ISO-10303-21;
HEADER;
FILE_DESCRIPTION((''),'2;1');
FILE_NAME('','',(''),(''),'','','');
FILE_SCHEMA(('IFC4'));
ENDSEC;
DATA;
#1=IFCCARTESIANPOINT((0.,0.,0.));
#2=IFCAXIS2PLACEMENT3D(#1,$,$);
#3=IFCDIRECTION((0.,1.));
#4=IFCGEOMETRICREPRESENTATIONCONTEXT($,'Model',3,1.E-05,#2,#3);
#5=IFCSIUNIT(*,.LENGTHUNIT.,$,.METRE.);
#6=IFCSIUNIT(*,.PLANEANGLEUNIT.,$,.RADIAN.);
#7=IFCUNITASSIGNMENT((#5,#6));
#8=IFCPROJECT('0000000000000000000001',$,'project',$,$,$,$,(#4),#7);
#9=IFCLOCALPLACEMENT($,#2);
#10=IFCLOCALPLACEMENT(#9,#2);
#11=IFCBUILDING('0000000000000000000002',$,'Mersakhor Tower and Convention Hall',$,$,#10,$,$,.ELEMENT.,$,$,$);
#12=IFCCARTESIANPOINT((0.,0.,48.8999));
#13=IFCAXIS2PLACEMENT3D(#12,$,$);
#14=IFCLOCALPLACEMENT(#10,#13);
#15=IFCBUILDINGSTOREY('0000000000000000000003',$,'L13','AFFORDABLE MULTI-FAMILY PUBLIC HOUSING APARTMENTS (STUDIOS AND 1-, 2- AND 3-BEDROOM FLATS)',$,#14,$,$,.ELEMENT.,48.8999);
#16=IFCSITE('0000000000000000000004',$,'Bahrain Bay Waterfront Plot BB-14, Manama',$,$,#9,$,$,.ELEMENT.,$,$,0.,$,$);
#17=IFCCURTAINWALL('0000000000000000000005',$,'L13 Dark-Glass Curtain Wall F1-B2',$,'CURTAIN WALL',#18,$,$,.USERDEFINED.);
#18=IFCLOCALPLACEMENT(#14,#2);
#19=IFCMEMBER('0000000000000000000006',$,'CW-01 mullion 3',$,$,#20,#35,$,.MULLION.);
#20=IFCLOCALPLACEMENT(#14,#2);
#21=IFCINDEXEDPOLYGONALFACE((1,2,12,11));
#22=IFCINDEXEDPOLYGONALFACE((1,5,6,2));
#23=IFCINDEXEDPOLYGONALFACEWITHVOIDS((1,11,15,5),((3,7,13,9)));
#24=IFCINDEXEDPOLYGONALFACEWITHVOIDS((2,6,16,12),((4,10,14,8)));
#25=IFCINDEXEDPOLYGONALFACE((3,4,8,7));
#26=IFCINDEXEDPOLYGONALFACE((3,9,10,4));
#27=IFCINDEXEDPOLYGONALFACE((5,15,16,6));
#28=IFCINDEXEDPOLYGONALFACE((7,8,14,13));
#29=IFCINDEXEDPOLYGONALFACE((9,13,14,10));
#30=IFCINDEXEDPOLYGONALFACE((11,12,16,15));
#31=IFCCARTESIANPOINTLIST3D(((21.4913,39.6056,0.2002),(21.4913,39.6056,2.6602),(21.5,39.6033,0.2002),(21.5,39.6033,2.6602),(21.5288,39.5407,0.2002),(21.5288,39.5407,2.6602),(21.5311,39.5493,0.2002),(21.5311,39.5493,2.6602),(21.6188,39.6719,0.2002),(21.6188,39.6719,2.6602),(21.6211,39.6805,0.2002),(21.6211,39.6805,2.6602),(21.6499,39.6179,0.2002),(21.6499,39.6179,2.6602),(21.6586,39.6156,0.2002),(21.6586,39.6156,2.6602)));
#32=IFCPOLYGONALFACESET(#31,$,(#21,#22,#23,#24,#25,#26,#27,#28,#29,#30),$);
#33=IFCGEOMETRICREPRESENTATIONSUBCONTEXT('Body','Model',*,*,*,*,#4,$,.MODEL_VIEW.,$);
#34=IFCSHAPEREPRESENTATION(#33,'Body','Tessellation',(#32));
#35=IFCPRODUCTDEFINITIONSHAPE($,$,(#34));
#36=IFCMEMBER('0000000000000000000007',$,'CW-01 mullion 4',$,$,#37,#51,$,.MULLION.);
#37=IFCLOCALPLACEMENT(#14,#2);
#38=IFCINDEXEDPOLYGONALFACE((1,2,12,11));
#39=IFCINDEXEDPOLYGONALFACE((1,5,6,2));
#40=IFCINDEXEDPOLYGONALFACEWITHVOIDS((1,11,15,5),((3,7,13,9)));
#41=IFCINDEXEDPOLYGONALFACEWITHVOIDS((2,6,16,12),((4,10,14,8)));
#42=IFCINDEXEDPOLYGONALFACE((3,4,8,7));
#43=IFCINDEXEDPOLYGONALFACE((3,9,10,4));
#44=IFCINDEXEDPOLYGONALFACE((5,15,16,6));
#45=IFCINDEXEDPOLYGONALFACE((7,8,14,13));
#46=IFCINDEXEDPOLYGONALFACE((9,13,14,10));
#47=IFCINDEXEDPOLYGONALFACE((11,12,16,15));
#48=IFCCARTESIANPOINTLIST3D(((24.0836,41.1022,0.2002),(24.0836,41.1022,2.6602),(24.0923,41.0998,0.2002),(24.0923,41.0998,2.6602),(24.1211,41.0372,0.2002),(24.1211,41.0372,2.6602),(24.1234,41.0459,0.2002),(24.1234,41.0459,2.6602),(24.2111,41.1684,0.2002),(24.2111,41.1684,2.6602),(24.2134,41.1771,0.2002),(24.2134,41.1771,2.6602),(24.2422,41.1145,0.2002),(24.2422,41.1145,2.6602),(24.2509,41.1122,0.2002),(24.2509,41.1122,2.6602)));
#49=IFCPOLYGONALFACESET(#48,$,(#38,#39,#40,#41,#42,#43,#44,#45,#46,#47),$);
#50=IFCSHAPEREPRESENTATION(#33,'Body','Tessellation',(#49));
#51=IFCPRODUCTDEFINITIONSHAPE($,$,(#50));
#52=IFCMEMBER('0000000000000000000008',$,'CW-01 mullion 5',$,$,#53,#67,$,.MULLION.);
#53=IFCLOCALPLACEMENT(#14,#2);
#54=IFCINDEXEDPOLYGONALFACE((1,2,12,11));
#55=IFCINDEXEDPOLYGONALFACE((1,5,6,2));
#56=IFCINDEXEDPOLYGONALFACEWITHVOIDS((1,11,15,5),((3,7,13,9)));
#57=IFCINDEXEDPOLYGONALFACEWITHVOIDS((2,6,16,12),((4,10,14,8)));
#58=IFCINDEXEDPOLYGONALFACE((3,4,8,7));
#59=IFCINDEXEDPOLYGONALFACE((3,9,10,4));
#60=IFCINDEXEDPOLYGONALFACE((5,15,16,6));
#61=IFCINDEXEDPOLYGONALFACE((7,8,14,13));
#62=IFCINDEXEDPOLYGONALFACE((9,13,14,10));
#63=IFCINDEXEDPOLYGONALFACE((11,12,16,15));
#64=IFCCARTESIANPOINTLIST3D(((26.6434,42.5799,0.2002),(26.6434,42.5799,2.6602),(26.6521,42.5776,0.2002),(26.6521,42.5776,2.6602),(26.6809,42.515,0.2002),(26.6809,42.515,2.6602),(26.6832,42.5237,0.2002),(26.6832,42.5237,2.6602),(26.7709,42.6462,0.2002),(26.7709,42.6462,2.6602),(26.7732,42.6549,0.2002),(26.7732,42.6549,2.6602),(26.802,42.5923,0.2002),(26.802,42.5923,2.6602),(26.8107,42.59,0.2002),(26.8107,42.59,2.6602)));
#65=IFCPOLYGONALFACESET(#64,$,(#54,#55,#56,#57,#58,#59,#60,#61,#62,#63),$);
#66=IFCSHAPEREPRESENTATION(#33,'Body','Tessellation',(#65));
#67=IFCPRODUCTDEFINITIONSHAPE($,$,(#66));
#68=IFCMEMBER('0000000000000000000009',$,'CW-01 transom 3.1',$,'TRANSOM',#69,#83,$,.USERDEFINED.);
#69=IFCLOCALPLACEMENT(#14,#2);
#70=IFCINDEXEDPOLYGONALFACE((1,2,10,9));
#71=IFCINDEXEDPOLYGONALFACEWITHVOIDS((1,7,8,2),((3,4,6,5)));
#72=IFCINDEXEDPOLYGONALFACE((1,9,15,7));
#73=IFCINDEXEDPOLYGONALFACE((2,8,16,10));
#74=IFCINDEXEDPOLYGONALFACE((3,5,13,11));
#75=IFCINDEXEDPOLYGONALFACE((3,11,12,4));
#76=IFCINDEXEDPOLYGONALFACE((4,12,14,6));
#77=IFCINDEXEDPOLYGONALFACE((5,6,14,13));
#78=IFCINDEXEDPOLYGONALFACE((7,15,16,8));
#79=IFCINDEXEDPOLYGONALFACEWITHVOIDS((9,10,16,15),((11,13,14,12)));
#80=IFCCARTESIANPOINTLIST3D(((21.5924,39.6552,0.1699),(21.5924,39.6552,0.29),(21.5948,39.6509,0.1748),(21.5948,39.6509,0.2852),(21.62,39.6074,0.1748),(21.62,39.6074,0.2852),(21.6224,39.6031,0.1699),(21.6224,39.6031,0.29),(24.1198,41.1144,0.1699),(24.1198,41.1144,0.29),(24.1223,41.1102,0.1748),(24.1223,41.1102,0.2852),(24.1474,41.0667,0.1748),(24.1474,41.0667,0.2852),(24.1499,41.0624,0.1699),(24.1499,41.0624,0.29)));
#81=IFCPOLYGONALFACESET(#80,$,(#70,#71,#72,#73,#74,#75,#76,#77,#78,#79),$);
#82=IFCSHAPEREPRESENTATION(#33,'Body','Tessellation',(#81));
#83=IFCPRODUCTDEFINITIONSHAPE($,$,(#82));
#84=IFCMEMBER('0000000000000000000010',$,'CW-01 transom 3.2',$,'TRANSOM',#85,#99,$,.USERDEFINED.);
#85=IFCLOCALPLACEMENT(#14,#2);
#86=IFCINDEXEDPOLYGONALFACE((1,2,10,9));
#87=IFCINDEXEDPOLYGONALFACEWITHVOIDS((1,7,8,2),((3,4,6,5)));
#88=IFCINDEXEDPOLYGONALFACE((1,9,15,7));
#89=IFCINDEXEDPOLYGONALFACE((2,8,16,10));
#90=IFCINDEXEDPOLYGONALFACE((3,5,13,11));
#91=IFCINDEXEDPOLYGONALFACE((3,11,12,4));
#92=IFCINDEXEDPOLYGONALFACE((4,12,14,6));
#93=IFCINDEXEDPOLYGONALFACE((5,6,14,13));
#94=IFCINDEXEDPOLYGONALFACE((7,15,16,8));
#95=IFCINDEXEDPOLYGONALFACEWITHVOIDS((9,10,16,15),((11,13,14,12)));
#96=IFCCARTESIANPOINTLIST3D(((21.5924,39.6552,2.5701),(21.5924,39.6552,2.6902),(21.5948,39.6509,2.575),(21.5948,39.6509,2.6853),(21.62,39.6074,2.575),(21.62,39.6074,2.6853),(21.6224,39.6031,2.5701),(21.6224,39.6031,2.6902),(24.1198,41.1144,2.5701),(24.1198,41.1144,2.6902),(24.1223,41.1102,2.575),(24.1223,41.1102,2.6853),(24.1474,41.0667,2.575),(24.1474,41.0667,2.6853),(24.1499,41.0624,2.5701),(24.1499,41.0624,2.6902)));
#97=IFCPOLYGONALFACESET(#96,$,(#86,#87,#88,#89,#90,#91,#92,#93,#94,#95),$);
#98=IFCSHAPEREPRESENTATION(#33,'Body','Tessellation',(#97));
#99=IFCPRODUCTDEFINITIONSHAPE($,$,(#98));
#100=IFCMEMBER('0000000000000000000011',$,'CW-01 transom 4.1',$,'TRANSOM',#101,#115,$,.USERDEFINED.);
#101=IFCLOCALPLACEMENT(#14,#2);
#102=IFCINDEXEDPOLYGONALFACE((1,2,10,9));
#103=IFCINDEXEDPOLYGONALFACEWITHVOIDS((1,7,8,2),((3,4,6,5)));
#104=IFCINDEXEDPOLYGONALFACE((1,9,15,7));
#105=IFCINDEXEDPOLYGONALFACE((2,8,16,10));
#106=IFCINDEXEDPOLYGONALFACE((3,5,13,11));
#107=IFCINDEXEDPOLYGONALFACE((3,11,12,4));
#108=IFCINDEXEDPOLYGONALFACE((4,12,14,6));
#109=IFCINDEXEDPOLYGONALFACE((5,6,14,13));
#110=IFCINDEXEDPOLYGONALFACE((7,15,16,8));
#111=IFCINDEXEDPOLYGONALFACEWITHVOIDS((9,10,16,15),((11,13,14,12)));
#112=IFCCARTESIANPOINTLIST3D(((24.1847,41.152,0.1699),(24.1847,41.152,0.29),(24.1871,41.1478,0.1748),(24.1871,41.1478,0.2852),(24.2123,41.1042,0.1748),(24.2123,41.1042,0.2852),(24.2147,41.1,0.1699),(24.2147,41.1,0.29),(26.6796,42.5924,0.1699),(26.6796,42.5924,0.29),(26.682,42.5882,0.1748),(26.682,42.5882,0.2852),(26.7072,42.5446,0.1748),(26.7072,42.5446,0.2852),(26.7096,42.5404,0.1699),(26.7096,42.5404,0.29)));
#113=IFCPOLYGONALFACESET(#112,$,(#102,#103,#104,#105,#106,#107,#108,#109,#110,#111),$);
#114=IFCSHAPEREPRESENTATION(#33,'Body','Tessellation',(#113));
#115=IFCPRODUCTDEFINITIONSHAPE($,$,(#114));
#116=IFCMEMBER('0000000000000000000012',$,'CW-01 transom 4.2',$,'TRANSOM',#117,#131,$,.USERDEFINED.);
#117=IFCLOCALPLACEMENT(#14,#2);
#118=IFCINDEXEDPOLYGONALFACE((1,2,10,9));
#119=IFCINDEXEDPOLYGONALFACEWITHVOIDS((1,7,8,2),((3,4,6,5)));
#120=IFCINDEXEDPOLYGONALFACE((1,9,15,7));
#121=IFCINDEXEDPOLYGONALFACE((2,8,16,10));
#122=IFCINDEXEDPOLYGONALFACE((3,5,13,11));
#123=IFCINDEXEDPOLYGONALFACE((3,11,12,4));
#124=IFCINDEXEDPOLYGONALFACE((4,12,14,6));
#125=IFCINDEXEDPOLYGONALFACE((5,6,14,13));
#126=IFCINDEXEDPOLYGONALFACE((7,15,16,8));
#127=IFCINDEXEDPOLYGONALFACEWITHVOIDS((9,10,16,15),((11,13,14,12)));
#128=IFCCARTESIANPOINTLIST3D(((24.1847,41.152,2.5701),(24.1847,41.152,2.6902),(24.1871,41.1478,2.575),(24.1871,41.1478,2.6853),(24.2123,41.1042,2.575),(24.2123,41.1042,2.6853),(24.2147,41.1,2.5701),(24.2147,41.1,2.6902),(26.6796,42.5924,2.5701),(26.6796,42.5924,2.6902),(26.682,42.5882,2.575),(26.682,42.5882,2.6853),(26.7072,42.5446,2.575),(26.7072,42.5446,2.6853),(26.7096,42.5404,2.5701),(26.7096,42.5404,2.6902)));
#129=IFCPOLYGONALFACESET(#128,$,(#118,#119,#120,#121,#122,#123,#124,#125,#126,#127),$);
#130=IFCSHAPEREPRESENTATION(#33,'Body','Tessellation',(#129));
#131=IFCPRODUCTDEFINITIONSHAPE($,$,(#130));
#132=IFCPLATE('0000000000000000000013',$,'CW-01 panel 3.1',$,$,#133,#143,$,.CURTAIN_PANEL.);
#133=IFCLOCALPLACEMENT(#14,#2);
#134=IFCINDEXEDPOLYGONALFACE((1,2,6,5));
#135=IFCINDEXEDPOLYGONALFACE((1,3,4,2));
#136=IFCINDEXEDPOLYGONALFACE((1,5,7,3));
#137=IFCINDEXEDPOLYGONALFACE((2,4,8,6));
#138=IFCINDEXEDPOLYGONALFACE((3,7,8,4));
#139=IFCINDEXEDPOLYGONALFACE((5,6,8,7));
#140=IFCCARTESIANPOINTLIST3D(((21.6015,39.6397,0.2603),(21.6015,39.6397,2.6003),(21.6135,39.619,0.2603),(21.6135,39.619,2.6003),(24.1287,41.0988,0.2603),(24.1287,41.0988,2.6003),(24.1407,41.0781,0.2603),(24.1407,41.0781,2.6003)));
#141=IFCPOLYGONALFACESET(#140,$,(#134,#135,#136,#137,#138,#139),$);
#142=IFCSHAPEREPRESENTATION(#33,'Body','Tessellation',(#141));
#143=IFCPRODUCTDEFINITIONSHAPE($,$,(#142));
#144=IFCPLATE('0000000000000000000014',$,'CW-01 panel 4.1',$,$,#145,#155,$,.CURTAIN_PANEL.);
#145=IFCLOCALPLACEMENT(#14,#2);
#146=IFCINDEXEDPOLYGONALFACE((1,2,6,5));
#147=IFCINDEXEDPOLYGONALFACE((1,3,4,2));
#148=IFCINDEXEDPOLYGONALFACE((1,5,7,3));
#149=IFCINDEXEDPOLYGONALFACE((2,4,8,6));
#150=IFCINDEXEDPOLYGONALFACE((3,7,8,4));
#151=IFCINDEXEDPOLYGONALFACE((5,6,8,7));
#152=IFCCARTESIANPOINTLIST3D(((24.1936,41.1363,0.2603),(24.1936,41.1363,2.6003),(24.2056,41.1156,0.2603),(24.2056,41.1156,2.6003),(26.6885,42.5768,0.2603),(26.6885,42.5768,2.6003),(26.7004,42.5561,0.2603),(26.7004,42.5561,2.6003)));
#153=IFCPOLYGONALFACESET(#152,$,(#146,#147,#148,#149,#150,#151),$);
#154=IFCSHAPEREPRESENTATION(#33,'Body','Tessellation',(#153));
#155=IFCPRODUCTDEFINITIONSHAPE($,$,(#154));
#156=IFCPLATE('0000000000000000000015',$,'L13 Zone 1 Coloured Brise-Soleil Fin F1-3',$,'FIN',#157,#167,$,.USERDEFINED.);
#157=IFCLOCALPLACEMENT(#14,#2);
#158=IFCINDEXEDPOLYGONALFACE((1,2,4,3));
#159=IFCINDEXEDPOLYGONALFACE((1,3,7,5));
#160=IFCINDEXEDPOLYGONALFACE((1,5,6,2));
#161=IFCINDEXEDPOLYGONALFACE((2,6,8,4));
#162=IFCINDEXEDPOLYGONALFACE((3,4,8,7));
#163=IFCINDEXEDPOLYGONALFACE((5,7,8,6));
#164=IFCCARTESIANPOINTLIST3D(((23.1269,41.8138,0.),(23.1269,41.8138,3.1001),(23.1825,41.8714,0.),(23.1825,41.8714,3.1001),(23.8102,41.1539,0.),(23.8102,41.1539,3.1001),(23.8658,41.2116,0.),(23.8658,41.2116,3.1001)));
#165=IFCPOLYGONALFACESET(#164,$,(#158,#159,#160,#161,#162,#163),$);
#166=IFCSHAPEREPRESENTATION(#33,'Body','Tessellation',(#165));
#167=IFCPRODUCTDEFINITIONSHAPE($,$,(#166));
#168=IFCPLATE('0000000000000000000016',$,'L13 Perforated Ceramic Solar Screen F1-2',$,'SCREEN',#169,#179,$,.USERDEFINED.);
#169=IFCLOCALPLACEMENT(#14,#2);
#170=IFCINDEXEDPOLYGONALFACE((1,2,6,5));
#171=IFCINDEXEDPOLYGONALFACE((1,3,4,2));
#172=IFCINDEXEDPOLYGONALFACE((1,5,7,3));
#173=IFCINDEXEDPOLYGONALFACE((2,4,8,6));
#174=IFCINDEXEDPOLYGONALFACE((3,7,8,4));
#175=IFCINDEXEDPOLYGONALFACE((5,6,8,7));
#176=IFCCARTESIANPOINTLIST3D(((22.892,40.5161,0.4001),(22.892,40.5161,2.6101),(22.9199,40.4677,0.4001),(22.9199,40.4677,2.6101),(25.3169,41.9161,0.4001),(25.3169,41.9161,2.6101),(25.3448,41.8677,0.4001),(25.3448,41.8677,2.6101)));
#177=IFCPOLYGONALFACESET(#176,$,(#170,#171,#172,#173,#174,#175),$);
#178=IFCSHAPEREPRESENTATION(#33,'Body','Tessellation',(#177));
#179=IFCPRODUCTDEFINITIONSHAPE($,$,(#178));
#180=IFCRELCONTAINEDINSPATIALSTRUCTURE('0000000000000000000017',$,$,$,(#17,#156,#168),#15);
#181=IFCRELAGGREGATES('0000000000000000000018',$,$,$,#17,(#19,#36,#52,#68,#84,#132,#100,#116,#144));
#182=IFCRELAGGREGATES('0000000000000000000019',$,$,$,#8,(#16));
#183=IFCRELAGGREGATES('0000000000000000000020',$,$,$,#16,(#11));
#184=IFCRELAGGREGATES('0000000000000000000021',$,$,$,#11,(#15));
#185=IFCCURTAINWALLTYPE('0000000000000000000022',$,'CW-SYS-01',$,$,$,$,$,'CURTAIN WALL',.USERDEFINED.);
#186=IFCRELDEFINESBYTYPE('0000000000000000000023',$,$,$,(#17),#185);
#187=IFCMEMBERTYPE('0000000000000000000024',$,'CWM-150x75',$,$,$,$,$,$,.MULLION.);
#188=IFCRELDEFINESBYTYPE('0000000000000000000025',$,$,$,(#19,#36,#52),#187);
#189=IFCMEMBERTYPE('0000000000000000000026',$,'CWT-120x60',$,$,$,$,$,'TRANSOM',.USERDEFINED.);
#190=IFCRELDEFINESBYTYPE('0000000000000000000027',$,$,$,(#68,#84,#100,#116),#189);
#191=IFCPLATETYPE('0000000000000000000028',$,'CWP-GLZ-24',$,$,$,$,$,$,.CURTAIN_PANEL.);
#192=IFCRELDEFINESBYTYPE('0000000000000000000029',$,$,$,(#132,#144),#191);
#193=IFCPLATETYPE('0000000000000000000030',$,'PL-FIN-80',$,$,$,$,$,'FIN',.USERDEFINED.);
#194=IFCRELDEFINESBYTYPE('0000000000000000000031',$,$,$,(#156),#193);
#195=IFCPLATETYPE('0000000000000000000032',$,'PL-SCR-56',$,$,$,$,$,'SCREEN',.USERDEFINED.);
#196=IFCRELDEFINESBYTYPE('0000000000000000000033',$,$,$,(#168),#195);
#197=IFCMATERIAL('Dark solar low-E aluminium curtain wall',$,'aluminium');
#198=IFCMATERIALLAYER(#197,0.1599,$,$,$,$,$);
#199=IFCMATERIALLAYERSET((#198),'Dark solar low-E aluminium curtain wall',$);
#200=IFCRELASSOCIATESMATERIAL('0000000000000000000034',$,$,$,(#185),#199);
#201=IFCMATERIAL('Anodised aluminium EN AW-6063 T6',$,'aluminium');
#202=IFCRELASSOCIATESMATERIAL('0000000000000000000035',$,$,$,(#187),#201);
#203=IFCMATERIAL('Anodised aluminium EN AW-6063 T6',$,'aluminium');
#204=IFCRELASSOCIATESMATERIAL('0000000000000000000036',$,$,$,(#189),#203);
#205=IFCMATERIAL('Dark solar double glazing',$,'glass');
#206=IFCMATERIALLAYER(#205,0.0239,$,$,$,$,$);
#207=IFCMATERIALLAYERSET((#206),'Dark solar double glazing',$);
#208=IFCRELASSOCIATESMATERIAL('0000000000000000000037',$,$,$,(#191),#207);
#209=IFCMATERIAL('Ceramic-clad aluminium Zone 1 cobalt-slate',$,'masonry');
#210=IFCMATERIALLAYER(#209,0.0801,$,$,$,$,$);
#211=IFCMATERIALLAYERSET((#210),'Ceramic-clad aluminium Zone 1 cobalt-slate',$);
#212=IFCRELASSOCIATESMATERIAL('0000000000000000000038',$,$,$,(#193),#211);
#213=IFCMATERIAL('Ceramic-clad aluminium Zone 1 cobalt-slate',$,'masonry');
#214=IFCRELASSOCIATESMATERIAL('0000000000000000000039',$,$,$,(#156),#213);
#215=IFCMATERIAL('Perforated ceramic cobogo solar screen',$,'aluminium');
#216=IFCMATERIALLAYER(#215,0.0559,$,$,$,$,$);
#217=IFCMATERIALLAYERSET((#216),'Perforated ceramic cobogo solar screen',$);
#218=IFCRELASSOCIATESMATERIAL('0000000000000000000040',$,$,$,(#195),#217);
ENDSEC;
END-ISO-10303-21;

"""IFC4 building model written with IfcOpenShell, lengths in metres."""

from ifc_helpers import new_model, si_unit, direction, frame, origin, origin_2d, place, context, subcontext, project, spatial, rectangle, hollow_rectangle, extrude, material, layer, layer_set, material_profile, profile_set, type_object, element, aggregate, save


model = new_model("IFC4")

# Units and contexts
model_context = context("Model", 3, precision=1e-05, world=origin(), true_north=direction((0.0, 1.0)))
body_context = subcontext(model_context, "Body", "Model", "MODEL_VIEW")
ifc_project = project(units=[si_unit("LENGTHUNIT", "METRE"), si_unit("PLANEANGLEUNIT", "RADIAN")], contexts=[model_context])

# Site, building, storey
site_placement = place(None, origin())
site = spatial("IfcSite", under=ifc_project, at=site_placement, Name="Bahrain Bay Waterfront Plot BB-14, Manama", CompositionType="ELEMENT", RefElevation=0.0)
building_placement = place(site_placement, origin())
building = spatial("IfcBuilding", under=site, at=building_placement, Name="Mersakhor Tower and Convention Hall", CompositionType="ELEMENT")
storey_placement = place(building_placement, frame((0.0, 0.0, 48.8999)))
storey = spatial("IfcBuildingStorey", under=building, at=storey_placement, Name="L13", Description="AFFORDABLE MULTI-FAMILY PUBLIC HOUSING APARTMENTS (STUDIOS AND 1-, 2- AND 3-BEDROOM FLATS)", CompositionType="ELEMENT", Elevation=48.8999)

# Curtain wall, members, plates
ifc_material_1 = material(Name="Dark solar low-E aluminium curtain wall", Category="aluminium")
ifc_layer_1 = layer(ifc_material_1, 0.1599)
ifc_layer_set_1 = layer_set([ifc_layer_1], Name="Dark solar low-E aluminium curtain wall")
curtain_wall_type = type_object("IfcCurtainWallType", Name="CW-SYS-01", ElementType="CURTAIN WALL", PredefinedType="USERDEFINED", material=ifc_layer_set_1)
curtain_wall_placement = place(storey_placement, origin())
curtain_wall = element("IfcCurtainWall", 1, at=curtain_wall_placement, inside=storey, type_object=curtain_wall_type, Name="L13 Dark-Glass Curtain Wall F1-B2", ObjectType="CURTAIN WALL", PredefinedType="USERDEFINED")
ifc_material_2 = material(Name="Anodised aluminium EN AW-6063 T6", Category="aluminium")
ifc_material_profile_1 = material_profile(ifc_material_2, hollow_rectangle(XDim=0.075, YDim=0.1499, WallThickness=0.0063, at=origin_2d()), Name="RHS 150x75x6.3")
ifc_profile_set_1 = profile_set([ifc_material_profile_1], Name="Anodised aluminium EN AW-6063 T6")
member_type_1 = type_object("IfcMemberType", Name="CWM-150x75", PredefinedType="MULLION", material=ifc_profile_set_1)
member_1_placement = place(storey_placement, frame((21.575, 39.6106, 0.2002), z_axis=(0.0, 0.0, 1.0), x_axis=(-0.500003, 0.866023, 0.0)))
member_1 = element("IfcMember", 2, at=member_1_placement, type_object=member_type_1, Name="CW-01 mullion 3", PredefinedType="MULLION", context=body_context, shape_type="SweptSolid", body=[
    extrude(hollow_rectangle(XDim=0.075, YDim=0.1499, WallThickness=0.0063, at=origin_2d()), origin(), (0.0, 0.0, 1.0), 2.46),
])
member_2_placement = place(storey_placement, frame((24.1672, 41.1072, 0.2002), z_axis=(0.0, 0.0, 1.0), x_axis=(-0.500003, 0.866023, 0.0)))
member_2 = element("IfcMember", 3, at=member_2_placement, type_object=member_type_1, Name="CW-01 mullion 4", PredefinedType="MULLION", context=body_context, shape_type="SweptSolid", body=[
    extrude(hollow_rectangle(XDim=0.075, YDim=0.1499, WallThickness=0.0063, at=origin_2d()), origin(), (0.0, 0.0, 1.0), 2.46),
])
member_3_placement = place(storey_placement, frame((26.7271, 42.585, 0.2002), z_axis=(0.0, 0.0, 1.0), x_axis=(-0.500003, 0.866023, 0.0)))
member_3 = element("IfcMember", 4, at=member_3_placement, type_object=member_type_1, Name="CW-01 mullion 5", PredefinedType="MULLION", context=body_context, shape_type="SweptSolid", body=[
    extrude(hollow_rectangle(XDim=0.075, YDim=0.1499, WallThickness=0.0063, at=origin_2d()), origin(), (0.0, 0.0, 1.0), 2.46),
])
ifc_material_3 = material(Name="Anodised aluminium EN AW-6063 T6", Category="aluminium")
ifc_material_profile_2 = material_profile(ifc_material_3, hollow_rectangle(XDim=0.0601, YDim=0.1201, WallThickness=0.0049, at=origin_2d()), Name="RHS 120x60x5")
ifc_profile_set_2 = profile_set([ifc_material_profile_2], Name="Anodised aluminium EN AW-6063 T6")
member_type_2 = type_object("IfcMemberType", Name="CWT-120x60", ElementType="TRANSOM", PredefinedType="USERDEFINED", material=ifc_profile_set_2)
member_4_placement = place(storey_placement, frame((21.6074, 39.6292, 0.23), z_axis=(0.866016, 0.500017, 0.0), x_axis=(-0.500017, 0.866016, 0.0)))
member_4 = element("IfcMember", 5, at=member_4_placement, type_object=member_type_2, Name="CW-01 transom 3.1", ObjectType="TRANSOM", PredefinedType="USERDEFINED", context=body_context, shape_type="SweptSolid", body=[
    extrude(hollow_rectangle(XDim=0.0601, YDim=0.1201, WallThickness=0.0049, at=origin_2d()), origin(), (0.0, 0.0, 1.0), 2.9185),
])
member_5_placement = place(storey_placement, frame((21.6074, 39.6292, 2.6301), z_axis=(0.866016, 0.500017, 0.0), x_axis=(-0.500017, 0.866016, 0.0)))
member_5 = element("IfcMember", 6, at=member_5_placement, type_object=member_type_2, Name="CW-01 transom 3.2", ObjectType="TRANSOM", PredefinedType="USERDEFINED", context=body_context, shape_type="SweptSolid", body=[
    extrude(hollow_rectangle(XDim=0.0601, YDim=0.1201, WallThickness=0.0049, at=origin_2d()), origin(), (0.0, 0.0, 1.0), 2.9185),
])
member_6_placement = place(storey_placement, frame((24.1997, 41.126, 0.23), z_axis=(0.866023, 0.500004, 0.0), x_axis=(-0.500004, 0.866023, 0.0)))
member_6 = element("IfcMember", 7, at=member_6_placement, type_object=member_type_2, Name="CW-01 transom 4.1", ObjectType="TRANSOM", PredefinedType="USERDEFINED", context=body_context, shape_type="SweptSolid", body=[
    extrude(hollow_rectangle(XDim=0.0601, YDim=0.1201, WallThickness=0.0049, at=origin_2d()), origin(), (0.0, 0.0, 1.0), 2.8809),
])
member_7_placement = place(storey_placement, frame((24.1997, 41.126, 2.6301), z_axis=(0.866023, 0.500004, 0.0), x_axis=(-0.500004, 0.866023, 0.0)))
member_7 = element("IfcMember", 8, at=member_7_placement, type_object=member_type_2, Name="CW-01 transom 4.2", ObjectType="TRANSOM", PredefinedType="USERDEFINED", context=body_context, shape_type="SweptSolid", body=[
    extrude(hollow_rectangle(XDim=0.0601, YDim=0.1201, WallThickness=0.0049, at=origin_2d()), origin(), (0.0, 0.0, 1.0), 2.8809),
])
ifc_material_4 = material(Name="Dark solar double glazing", Category="glass")
ifc_layer_2 = layer(ifc_material_4, 0.0239)
ifc_layer_set_2 = layer_set([ifc_layer_2], Name="Dark solar double glazing")
plate_type_1 = type_object("IfcPlateType", Name="CWP-GLZ-24", PredefinedType="CURTAIN_PANEL", material=ifc_layer_set_2)
plate_1_placement = place(storey_placement, frame((22.8711, 40.3589, 0.2603), z_axis=(0.0, 0.0, 1.0), x_axis=(0.866023, 0.500003, 0.0)))
plate_1 = element("IfcPlate", 9, at=plate_1_placement, type_object=plate_type_1, Name="CW-01 panel 3.1", PredefinedType="CURTAIN_PANEL", context=body_context, shape_type="SweptSolid", body=[
    extrude(rectangle(XDim=2.9182, YDim=0.0239, at=origin_2d()), origin(), (0.0, 0.0, 1.0), 2.3401),
])
plate_2_placement = place(storey_placement, frame((25.447, 41.8462, 0.2603), z_axis=(0.0, 0.0, 1.0), x_axis=(0.866023, 0.500003, 0.0)))
plate_2 = element("IfcPlate", 10, at=plate_2_placement, type_object=plate_type_1, Name="CW-01 panel 4.1", PredefinedType="CURTAIN_PANEL", context=body_context, shape_type="SweptSolid", body=[
    extrude(rectangle(XDim=2.8809, YDim=0.0239, at=origin_2d()), origin(), (0.0, 0.0, 1.0), 2.3401),
])
aggregate(curtain_wall, [member_1, member_2, member_3, member_4, member_5, plate_1, member_6, member_7, plate_2])

# Plates
ifc_material_5 = material(Name="Ceramic-clad aluminium Zone 1 cobalt-slate", Category="masonry")
ifc_material_6 = material(Name="Ceramic-clad aluminium Zone 1 cobalt-slate", Category="masonry")
ifc_layer_3 = layer(ifc_material_6, 0.0801)
ifc_layer_set_3 = layer_set([ifc_layer_3], Name="Ceramic-clad aluminium Zone 1 cobalt-slate")
plate_type_2 = type_object("IfcPlateType", Name="PL-FIN-80", ElementType="FIN", PredefinedType="USERDEFINED", material=ifc_layer_set_3)
plate_3_placement = place(storey_placement, frame((23.4963, 41.5127, 0.0), z_axis=(0.0, 0.0, 1.0), x_axis=(-0.71934, 0.694658, 0.0)))
element("IfcPlate", 11, at=plate_3_placement, inside=storey, type_object=plate_type_2, material=ifc_material_5, Name="L13 Zone 1 Coloured Brise-Soleil Fin F1-3", ObjectType="FIN", PredefinedType="USERDEFINED", context=body_context, shape_type="SweptSolid", body=[
    extrude(rectangle(XDim=0.95, YDim=0.0801, at=origin_2d()), origin(), (0.0, 0.0, 1.0), 3.1001),
])
ifc_material_7 = material(Name="Perforated ceramic cobogo solar screen", Category="aluminium")
ifc_layer_4 = layer(ifc_material_7, 0.0559)
ifc_layer_set_4 = layer_set([ifc_layer_4], Name="Perforated ceramic cobogo solar screen")
plate_type_3 = type_object("IfcPlateType", Name="PL-SCR-56", ElementType="SCREEN", PredefinedType="USERDEFINED", material=ifc_layer_set_4)
plate_4_placement = place(storey_placement, frame((24.1184, 41.1919, 0.4001), z_axis=(0.0, 0.0, 1.0), x_axis=(0.866025, 0.5, 0.0)))
element("IfcPlate", 12, at=plate_4_placement, inside=storey, type_object=plate_type_3, Name="L13 Perforated Ceramic Solar Screen F1-2", ObjectType="SCREEN", PredefinedType="USERDEFINED", context=body_context, shape_type="SweptSolid", body=[
    extrude(rectangle(XDim=2.8, YDim=0.0559, at=origin_2d()), origin(), (0.0, 0.0, 1.0), 2.21),
])

save(model, "model.ifc")
